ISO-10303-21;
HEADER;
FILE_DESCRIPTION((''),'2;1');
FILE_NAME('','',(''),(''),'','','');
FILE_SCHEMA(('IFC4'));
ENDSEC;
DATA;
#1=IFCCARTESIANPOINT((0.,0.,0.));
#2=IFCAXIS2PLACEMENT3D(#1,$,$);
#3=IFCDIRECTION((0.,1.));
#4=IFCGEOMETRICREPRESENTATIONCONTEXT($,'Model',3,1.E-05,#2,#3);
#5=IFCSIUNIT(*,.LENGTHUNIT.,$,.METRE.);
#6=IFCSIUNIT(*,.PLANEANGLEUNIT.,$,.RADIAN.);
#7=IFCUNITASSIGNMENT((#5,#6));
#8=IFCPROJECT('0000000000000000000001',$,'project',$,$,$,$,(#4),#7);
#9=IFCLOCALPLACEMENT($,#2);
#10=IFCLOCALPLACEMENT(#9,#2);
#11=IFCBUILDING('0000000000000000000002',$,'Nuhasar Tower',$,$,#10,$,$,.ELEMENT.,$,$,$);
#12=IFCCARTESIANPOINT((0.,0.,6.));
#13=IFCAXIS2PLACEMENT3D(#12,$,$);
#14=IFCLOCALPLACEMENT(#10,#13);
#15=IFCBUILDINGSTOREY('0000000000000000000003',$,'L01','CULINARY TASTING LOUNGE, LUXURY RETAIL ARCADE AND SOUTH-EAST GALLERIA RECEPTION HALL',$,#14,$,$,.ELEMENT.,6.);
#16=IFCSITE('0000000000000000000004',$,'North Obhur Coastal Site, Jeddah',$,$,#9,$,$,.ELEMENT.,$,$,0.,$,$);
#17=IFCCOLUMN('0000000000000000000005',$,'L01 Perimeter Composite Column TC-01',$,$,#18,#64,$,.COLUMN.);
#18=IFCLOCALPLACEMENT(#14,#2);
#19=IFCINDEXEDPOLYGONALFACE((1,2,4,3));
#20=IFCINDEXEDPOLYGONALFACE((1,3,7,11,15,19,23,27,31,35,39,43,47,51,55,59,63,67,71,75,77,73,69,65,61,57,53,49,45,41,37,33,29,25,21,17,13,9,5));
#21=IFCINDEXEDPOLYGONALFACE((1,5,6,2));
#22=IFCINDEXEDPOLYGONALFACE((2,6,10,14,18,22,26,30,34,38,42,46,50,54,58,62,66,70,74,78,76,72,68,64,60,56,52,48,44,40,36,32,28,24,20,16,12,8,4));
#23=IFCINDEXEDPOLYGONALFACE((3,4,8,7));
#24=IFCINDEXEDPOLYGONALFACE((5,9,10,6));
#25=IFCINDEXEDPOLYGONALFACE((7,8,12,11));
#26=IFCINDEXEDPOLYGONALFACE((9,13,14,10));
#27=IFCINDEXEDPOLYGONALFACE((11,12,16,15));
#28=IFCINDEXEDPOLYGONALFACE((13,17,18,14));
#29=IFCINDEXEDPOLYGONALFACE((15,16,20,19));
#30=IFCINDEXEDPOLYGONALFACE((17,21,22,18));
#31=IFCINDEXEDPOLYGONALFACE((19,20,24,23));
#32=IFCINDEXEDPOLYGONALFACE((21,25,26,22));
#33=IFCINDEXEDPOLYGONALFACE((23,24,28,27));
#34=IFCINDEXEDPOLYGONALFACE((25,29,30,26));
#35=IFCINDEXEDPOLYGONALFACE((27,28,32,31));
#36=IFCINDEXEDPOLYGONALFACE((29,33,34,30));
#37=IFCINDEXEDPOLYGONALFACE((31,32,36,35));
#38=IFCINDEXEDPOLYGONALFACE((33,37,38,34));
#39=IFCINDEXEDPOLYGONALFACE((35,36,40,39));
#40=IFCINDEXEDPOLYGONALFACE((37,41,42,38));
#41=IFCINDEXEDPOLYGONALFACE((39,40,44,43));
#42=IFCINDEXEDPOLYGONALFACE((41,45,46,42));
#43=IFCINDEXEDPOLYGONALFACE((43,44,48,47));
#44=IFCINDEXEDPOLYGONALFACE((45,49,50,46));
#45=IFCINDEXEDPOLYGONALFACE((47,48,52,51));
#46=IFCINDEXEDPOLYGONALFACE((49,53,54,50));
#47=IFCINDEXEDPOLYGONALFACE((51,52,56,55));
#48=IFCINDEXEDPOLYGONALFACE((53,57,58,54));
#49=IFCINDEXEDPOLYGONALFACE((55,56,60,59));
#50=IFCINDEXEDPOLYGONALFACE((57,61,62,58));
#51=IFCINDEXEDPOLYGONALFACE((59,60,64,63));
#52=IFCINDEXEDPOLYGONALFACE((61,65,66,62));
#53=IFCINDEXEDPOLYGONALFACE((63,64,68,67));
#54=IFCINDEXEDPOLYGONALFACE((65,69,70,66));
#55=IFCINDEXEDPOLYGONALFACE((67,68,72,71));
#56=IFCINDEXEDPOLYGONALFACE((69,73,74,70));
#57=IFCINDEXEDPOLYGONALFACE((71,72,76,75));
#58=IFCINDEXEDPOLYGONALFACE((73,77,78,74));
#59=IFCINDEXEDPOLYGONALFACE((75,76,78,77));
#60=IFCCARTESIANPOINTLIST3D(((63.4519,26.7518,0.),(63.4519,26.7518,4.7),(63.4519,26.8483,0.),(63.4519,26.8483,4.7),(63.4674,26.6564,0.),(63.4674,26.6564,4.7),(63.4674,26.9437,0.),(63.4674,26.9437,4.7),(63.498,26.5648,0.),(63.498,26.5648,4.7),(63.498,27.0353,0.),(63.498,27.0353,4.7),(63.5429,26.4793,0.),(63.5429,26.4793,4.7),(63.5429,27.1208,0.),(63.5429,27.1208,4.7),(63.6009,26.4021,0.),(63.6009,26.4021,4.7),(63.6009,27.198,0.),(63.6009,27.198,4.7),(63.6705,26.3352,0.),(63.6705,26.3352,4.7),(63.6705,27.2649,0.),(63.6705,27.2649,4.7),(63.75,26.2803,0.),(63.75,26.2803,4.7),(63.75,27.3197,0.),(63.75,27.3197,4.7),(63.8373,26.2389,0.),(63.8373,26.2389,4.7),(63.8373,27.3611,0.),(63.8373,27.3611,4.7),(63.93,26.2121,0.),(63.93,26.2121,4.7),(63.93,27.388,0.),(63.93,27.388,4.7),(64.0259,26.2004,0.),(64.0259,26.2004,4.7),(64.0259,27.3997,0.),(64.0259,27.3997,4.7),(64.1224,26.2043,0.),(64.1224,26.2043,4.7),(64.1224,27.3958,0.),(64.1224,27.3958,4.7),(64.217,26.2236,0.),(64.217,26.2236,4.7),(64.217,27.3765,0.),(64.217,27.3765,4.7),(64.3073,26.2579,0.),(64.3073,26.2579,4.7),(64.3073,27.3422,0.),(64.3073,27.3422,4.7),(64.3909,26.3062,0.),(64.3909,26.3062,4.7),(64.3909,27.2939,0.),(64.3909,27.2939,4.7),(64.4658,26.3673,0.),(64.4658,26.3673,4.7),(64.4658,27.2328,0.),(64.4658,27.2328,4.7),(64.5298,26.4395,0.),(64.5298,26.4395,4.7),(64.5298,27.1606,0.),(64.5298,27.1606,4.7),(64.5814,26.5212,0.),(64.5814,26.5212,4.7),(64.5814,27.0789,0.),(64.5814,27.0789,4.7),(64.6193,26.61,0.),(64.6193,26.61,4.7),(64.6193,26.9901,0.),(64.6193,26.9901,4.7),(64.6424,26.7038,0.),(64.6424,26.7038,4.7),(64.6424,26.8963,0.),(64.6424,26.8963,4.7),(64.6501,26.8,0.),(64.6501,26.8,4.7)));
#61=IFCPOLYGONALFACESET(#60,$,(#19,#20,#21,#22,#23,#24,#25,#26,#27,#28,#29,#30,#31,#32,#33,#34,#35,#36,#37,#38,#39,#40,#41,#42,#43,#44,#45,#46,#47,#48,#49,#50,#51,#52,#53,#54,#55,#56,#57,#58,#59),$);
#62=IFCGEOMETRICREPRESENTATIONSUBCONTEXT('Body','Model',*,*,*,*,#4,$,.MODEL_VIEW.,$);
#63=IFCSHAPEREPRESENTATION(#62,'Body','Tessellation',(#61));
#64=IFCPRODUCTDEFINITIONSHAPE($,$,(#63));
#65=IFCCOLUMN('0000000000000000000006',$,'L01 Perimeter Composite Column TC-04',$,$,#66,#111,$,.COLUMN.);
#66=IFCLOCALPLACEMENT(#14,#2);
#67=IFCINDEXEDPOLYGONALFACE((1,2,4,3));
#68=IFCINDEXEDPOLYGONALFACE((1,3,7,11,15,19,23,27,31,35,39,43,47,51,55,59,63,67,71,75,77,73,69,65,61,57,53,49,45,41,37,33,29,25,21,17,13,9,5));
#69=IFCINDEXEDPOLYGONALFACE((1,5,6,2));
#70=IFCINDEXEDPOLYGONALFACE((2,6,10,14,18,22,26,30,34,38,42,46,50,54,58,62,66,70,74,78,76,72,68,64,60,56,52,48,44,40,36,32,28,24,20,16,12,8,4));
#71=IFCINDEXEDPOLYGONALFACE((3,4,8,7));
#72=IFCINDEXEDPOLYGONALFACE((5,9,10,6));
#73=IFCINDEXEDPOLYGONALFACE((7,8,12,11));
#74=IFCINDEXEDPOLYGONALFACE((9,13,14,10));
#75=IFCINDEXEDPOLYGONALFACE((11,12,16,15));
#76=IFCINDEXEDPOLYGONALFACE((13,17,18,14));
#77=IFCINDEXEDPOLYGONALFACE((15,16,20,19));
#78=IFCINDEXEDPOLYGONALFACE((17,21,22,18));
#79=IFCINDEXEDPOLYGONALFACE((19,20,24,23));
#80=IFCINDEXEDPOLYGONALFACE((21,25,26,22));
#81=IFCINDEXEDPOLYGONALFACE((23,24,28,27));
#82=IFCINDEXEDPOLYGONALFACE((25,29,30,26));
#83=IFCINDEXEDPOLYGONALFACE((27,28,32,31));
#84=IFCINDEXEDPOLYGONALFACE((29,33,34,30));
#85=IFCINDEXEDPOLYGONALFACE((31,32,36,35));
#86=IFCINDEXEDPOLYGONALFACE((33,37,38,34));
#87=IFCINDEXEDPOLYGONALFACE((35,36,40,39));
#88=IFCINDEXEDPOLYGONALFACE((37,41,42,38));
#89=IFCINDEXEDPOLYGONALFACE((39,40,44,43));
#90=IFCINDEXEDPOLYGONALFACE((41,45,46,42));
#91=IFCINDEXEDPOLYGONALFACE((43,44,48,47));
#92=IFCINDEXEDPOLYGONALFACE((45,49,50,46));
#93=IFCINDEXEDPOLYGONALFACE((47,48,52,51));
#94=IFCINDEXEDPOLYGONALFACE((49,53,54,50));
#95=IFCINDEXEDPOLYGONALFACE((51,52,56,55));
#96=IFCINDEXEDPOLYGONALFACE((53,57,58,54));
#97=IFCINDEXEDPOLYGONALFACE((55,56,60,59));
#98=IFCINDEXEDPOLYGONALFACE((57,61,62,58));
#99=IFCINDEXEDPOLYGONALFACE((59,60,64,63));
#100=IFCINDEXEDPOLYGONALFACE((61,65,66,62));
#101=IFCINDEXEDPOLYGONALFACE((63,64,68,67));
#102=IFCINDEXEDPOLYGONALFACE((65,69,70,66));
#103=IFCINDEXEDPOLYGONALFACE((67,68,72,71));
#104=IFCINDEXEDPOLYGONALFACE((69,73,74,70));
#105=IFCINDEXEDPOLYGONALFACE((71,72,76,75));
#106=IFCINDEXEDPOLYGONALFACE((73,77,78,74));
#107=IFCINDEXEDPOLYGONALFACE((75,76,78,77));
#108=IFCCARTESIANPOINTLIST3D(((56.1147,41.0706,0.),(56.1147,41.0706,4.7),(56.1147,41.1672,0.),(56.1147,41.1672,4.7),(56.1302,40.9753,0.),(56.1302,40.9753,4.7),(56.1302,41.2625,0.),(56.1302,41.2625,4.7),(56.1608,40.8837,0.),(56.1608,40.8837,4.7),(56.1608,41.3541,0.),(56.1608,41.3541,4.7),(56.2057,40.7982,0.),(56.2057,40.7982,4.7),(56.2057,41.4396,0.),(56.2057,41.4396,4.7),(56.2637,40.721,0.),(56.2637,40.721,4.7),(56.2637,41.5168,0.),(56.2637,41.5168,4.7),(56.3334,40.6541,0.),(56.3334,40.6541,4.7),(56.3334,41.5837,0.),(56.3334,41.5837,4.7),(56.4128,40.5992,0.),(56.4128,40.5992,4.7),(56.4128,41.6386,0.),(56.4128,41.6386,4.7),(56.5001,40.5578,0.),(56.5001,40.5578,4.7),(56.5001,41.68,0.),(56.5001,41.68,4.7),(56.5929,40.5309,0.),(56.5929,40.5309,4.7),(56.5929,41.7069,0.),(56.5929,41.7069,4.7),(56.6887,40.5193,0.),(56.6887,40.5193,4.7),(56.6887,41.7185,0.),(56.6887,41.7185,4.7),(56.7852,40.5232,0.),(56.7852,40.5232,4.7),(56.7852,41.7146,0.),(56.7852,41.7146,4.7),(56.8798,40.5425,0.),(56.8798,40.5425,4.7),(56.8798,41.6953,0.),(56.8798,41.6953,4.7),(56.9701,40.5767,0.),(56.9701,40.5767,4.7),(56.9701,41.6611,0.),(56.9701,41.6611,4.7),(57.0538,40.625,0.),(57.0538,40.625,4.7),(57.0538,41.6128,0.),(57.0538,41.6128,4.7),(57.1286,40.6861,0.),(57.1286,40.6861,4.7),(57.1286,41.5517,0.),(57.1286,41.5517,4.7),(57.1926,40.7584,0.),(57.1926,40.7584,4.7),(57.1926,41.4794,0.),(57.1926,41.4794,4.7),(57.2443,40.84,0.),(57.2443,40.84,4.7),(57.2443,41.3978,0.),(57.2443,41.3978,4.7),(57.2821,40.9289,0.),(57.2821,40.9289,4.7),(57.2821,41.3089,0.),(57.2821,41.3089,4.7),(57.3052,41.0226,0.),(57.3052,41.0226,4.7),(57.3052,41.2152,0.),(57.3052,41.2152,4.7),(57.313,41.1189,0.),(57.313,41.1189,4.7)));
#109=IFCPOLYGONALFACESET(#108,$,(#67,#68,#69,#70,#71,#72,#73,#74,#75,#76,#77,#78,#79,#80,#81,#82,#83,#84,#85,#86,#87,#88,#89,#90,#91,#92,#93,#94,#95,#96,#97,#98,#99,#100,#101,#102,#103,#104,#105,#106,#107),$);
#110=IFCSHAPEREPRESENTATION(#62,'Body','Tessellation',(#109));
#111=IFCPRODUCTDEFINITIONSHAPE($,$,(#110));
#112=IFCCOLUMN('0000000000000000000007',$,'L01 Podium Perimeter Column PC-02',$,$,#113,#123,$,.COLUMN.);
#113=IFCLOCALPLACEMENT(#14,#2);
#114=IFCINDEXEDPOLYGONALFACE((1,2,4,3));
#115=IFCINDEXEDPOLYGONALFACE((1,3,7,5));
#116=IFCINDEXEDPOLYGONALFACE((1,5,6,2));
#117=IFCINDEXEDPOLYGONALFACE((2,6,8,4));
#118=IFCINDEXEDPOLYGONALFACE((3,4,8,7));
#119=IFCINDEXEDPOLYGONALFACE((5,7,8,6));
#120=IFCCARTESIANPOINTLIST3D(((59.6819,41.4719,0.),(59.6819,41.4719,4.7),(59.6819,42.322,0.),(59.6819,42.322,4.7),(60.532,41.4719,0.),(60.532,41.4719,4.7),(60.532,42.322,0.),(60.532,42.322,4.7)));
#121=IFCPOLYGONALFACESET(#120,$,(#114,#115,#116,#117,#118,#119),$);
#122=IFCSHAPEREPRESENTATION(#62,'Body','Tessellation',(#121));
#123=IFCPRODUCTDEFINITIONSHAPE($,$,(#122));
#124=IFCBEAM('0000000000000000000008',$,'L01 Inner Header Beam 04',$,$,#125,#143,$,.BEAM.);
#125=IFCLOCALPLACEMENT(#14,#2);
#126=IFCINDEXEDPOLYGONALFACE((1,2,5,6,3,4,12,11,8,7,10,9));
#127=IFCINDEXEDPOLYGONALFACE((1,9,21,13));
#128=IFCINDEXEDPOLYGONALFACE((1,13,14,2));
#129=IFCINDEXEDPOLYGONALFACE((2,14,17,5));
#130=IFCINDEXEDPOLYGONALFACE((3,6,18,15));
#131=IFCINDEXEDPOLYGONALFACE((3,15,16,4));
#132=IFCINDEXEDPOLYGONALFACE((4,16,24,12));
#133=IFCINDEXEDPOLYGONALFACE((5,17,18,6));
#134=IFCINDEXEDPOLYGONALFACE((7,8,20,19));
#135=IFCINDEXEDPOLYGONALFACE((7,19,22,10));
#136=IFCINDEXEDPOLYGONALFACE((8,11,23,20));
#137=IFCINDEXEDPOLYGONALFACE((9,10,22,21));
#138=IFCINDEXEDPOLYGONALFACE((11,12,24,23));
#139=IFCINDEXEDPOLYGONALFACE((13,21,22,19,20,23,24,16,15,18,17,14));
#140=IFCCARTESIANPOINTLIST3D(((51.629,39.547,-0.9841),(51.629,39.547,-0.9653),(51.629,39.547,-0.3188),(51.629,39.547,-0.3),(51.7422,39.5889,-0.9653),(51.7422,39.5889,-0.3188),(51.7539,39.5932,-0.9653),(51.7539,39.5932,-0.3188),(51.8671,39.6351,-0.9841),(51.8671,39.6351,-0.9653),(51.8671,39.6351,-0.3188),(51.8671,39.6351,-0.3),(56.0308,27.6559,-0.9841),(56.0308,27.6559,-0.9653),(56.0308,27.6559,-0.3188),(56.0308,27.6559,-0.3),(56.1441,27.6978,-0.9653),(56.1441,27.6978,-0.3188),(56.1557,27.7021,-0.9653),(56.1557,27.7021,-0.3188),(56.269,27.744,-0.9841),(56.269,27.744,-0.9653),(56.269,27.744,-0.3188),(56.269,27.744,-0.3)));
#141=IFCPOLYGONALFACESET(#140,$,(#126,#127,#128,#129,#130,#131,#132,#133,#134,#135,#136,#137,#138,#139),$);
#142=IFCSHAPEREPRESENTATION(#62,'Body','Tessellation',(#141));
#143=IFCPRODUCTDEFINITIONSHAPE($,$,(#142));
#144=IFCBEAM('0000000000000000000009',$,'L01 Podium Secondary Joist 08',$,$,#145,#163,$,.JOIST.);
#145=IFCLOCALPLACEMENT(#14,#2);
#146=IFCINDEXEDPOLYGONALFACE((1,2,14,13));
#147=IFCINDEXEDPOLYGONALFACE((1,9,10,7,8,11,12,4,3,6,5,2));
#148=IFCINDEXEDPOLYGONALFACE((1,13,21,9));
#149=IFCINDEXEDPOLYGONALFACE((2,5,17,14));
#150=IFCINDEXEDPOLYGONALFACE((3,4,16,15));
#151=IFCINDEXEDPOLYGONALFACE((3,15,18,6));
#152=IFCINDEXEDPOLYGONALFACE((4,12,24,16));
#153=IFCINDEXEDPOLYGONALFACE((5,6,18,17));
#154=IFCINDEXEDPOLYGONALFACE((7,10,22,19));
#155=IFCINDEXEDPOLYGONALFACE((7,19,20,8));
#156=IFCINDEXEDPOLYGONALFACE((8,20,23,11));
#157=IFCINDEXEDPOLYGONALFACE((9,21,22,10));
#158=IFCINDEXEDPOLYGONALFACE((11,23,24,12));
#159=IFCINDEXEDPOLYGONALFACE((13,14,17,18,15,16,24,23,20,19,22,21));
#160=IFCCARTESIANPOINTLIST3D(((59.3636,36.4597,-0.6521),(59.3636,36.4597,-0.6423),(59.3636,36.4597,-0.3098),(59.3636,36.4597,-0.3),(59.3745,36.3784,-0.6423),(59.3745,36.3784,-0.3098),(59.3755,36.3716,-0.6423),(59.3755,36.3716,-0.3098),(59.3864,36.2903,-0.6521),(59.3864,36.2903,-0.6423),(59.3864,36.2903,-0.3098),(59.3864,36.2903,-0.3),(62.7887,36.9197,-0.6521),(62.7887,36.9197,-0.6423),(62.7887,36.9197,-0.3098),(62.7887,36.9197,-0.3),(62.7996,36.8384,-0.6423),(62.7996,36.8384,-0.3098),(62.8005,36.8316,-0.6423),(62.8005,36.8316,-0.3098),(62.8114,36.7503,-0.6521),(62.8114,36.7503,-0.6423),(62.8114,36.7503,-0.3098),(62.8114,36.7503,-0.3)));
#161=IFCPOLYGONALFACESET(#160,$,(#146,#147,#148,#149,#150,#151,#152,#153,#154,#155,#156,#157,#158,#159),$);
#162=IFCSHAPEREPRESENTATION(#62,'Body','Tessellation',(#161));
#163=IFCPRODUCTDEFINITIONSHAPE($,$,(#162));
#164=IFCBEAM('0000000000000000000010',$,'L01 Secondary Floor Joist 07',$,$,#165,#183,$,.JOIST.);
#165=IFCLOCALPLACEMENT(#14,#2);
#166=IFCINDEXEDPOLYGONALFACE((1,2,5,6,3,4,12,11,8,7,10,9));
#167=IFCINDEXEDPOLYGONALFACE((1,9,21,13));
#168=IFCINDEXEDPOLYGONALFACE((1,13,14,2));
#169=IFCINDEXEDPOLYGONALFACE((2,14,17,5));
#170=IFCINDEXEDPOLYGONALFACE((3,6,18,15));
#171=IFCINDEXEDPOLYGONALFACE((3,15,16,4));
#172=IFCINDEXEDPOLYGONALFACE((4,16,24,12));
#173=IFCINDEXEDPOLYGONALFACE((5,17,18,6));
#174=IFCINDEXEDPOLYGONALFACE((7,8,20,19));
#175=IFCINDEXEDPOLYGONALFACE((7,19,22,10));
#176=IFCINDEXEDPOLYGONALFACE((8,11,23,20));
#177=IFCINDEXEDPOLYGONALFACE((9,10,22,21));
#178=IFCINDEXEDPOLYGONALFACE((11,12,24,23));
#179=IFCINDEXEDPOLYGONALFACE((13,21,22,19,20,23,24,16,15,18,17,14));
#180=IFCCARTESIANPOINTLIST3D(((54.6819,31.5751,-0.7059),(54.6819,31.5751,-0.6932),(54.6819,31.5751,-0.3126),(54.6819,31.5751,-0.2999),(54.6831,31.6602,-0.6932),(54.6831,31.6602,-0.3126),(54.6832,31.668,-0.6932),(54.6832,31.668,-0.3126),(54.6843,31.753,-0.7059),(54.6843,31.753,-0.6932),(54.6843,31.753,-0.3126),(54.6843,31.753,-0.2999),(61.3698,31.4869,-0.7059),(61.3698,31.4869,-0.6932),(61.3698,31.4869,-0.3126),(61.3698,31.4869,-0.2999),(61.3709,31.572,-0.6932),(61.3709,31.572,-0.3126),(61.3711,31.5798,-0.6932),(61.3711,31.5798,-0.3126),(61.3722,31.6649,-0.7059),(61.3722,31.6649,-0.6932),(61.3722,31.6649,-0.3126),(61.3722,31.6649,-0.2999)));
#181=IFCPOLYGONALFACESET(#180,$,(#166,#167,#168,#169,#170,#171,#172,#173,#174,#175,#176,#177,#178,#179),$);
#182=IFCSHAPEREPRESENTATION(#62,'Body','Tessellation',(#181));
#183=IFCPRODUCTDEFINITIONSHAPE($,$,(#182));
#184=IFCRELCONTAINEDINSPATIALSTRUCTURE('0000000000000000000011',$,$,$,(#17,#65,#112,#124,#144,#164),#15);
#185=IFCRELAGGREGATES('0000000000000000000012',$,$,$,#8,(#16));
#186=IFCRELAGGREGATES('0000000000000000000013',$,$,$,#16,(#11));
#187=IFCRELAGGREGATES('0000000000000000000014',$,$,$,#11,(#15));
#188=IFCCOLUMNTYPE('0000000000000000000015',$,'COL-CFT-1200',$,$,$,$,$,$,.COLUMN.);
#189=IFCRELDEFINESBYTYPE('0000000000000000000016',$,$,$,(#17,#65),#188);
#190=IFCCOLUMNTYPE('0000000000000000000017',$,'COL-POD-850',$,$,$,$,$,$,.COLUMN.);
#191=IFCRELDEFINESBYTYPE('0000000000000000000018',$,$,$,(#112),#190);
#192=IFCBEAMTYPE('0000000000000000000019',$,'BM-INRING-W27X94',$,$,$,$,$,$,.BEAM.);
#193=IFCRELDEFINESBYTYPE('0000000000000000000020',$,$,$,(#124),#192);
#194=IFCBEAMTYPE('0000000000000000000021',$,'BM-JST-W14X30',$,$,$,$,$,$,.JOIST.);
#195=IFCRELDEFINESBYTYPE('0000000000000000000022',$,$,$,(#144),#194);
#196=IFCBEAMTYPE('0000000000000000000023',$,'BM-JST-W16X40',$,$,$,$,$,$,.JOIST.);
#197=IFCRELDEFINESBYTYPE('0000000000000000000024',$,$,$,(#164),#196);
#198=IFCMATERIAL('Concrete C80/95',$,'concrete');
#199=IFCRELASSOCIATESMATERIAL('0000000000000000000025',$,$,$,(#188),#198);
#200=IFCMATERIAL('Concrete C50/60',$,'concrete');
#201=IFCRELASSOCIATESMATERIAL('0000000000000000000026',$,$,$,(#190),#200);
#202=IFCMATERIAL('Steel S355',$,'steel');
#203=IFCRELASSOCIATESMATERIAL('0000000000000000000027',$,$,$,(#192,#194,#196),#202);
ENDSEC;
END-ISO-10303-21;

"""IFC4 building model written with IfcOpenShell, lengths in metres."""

from ifc_helpers import new_model, si_unit, direction, frame, origin, origin_2d, place, context, subcontext, project, spatial, rectangle, circle, i_section, extrude, material, material_profile, profile_set, type_object, element, save


model = new_model("IFC4")

# Units and contexts
model_context = context("Model", 3, precision=1e-05, world=origin(), true_north=direction((0.0, 1.0)))
body_context = subcontext(model_context, "Body", "Model", "MODEL_VIEW")
ifc_project = project(units=[si_unit("LENGTHUNIT", "METRE"), si_unit("PLANEANGLEUNIT", "RADIAN")], contexts=[model_context])

# Site, building, storey
site_placement = place(None, origin())
site = spatial("IfcSite", under=ifc_project, at=site_placement, Name="North Obhur Coastal Site, Jeddah", CompositionType="ELEMENT", RefElevation=0.0)
building_placement = place(site_placement, origin())
building = spatial("IfcBuilding", under=site, at=building_placement, Name="Nuhasar Tower", CompositionType="ELEMENT")
storey_placement = place(building_placement, frame((0.0, 0.0, 6.0)))
storey = spatial("IfcBuildingStorey", under=building, at=storey_placement, Name="L01", Description="CULINARY TASTING LOUNGE, LUXURY RETAIL ARCADE AND SOUTH-EAST GALLERIA RECEPTION HALL", CompositionType="ELEMENT", Elevation=6.0)

# Columns
ifc_material_1 = material(Name="Concrete C80/95", Category="concrete")
ifc_material_profile_1 = material_profile(ifc_material_1, circle(Radius=0.6001, at=origin_2d()), Name="CFT1200")
ifc_profile_set_1 = profile_set([ifc_material_profile_1], Name="Concrete C80/95")
column_type_1 = type_object("IfcColumnType", Name="COL-CFT-1200", PredefinedType="COLUMN", material=ifc_profile_set_1)
for number, where, z_axis, x_axis, name in (
    (1, (64.05, 26.8, 0.0), (0.0, 0.0, 1.0), (1.0, 0.0, 0.0), "L01 Perimeter Composite Column TC-01"),
    (2, (56.7129, 41.1189, 0.0), (0.0, 0.0, 1.0), (1.0, 0.0, 0.0), "L01 Perimeter Composite Column TC-04"),
):
    element("IfcColumn", number, at=place(storey_placement, frame(where, z_axis=z_axis, x_axis=x_axis)), inside=storey, type_object=column_type_1, Name=name, PredefinedType="COLUMN", context=body_context, shape_type="SweptSolid", body=[
        extrude(circle(Radius=0.6001, at=origin_2d()), origin(), (0.0, 0.0, 1.0), 4.7),
    ])
ifc_material_2 = material(Name="Concrete C50/60", Category="concrete")
ifc_material_profile_2 = material_profile(ifc_material_2, rectangle(XDim=0.8501, YDim=0.8501, at=origin_2d()), Name="RC850X850")
ifc_profile_set_2 = profile_set([ifc_material_profile_2], Name="Concrete C50/60")
column_type_2 = type_object("IfcColumnType", Name="COL-POD-850", PredefinedType="COLUMN", material=ifc_profile_set_2)
column_placement = place(storey_placement, frame((60.1069, 41.897, 0.0), z_axis=(0.0, 0.0, 1.0), x_axis=(1.0, 0.0, 0.0)))
element("IfcColumn", 3, at=column_placement, inside=storey, type_object=column_type_2, Name="L01 Podium Perimeter Column PC-02", PredefinedType="COLUMN", context=body_context, shape_type="SweptSolid", body=[
    extrude(rectangle(XDim=0.8501, YDim=0.8501, at=origin_2d()), origin(), (0.0, 0.0, 1.0), 4.7),
])

# Beams
ifc_material_3 = material(Name="Steel S355", Category="steel")
ifc_material_profile_3 = material_profile(ifc_material_3, i_section(OverallWidth=0.2539, OverallDepth=0.6841, WebThickness=0.0125, FlangeThickness=0.0188, at=origin_2d()), Name="W27X94")
ifc_profile_set_3 = profile_set([ifc_material_profile_3], Name="Steel S355")
beam_type_1 = type_object("IfcBeamType", Name="BM-INRING-W27X94", PredefinedType="BEAM", material=ifc_profile_set_3)
beam_1_placement = place(storey_placement, frame((56.1499, 27.7, -0.6421), z_axis=(-0.347158, 0.937807, 0.0), x_axis=(-0.937807, -0.347158, 0.0)))
element("IfcBeam", 4, at=beam_1_placement, inside=storey, type_object=beam_type_1, Name="L01 Inner Header Beam 04", PredefinedType="BEAM", context=body_context, shape_type="SweptSolid", body=[
    extrude(i_section(OverallWidth=0.2539, OverallDepth=0.6841, WebThickness=0.0125, FlangeThickness=0.0188, at=origin_2d()), origin(), (0.0, 0.0, 1.0), 12.6797),
])
ifc_material_profile_4 = material_profile(ifc_material_3, i_section(OverallWidth=0.1709, OverallDepth=0.3521, WebThickness=0.0068, FlangeThickness=0.0098, at=origin_2d()), Name="W14X30")
ifc_profile_set_4 = profile_set([ifc_material_profile_4], Name="Steel S355")
beam_type_2 = type_object("IfcBeamType", Name="BM-JST-W14X30", PredefinedType="JOIST", material=ifc_profile_set_4)
beam_2_placement = place(storey_placement, frame((59.375, 36.375, -0.4761), z_axis=(0.991103, 0.133098, 0.0), x_axis=(-0.133098, 0.991103, 0.0)))
element("IfcBeam", 5, at=beam_2_placement, inside=storey, type_object=beam_type_2, Name="L01 Podium Secondary Joist 08", PredefinedType="JOIST", context=body_context, shape_type="SweptSolid", body=[
    extrude(i_section(OverallWidth=0.1709, OverallDepth=0.3521, WebThickness=0.0068, FlangeThickness=0.0098, at=origin_2d()), origin(), (0.0, 0.0, 1.0), 3.4558),
])
ifc_material_profile_5 = material_profile(ifc_material_3, i_section(OverallWidth=0.178, OverallDepth=0.406, WebThickness=0.0078, FlangeThickness=0.0127, at=origin_2d()), Name="W16X40")
ifc_profile_set_5 = profile_set([ifc_material_profile_5], Name="Steel S355")
beam_type_3 = type_object("IfcBeamType", Name="BM-JST-W16X40", PredefinedType="JOIST", material=ifc_profile_set_5)
beam_3_placement = place(storey_placement, frame((54.6831, 31.6641, -0.5029), z_axis=(0.999913, -0.013177, 0.0), x_axis=(0.013177, 0.999913, 0.0)))
element("IfcBeam", 6, at=beam_3_placement, inside=storey, type_object=beam_type_3, Name="L01 Secondary Floor Joist 07", PredefinedType="JOIST", context=body_context, shape_type="SweptSolid", body=[
    extrude(i_section(OverallWidth=0.178, OverallDepth=0.406, WebThickness=0.0078, FlangeThickness=0.0127, at=origin_2d()), origin(), (0.0, 0.0, 1.0), 6.6885),
])

save(model, "model.ifc")
